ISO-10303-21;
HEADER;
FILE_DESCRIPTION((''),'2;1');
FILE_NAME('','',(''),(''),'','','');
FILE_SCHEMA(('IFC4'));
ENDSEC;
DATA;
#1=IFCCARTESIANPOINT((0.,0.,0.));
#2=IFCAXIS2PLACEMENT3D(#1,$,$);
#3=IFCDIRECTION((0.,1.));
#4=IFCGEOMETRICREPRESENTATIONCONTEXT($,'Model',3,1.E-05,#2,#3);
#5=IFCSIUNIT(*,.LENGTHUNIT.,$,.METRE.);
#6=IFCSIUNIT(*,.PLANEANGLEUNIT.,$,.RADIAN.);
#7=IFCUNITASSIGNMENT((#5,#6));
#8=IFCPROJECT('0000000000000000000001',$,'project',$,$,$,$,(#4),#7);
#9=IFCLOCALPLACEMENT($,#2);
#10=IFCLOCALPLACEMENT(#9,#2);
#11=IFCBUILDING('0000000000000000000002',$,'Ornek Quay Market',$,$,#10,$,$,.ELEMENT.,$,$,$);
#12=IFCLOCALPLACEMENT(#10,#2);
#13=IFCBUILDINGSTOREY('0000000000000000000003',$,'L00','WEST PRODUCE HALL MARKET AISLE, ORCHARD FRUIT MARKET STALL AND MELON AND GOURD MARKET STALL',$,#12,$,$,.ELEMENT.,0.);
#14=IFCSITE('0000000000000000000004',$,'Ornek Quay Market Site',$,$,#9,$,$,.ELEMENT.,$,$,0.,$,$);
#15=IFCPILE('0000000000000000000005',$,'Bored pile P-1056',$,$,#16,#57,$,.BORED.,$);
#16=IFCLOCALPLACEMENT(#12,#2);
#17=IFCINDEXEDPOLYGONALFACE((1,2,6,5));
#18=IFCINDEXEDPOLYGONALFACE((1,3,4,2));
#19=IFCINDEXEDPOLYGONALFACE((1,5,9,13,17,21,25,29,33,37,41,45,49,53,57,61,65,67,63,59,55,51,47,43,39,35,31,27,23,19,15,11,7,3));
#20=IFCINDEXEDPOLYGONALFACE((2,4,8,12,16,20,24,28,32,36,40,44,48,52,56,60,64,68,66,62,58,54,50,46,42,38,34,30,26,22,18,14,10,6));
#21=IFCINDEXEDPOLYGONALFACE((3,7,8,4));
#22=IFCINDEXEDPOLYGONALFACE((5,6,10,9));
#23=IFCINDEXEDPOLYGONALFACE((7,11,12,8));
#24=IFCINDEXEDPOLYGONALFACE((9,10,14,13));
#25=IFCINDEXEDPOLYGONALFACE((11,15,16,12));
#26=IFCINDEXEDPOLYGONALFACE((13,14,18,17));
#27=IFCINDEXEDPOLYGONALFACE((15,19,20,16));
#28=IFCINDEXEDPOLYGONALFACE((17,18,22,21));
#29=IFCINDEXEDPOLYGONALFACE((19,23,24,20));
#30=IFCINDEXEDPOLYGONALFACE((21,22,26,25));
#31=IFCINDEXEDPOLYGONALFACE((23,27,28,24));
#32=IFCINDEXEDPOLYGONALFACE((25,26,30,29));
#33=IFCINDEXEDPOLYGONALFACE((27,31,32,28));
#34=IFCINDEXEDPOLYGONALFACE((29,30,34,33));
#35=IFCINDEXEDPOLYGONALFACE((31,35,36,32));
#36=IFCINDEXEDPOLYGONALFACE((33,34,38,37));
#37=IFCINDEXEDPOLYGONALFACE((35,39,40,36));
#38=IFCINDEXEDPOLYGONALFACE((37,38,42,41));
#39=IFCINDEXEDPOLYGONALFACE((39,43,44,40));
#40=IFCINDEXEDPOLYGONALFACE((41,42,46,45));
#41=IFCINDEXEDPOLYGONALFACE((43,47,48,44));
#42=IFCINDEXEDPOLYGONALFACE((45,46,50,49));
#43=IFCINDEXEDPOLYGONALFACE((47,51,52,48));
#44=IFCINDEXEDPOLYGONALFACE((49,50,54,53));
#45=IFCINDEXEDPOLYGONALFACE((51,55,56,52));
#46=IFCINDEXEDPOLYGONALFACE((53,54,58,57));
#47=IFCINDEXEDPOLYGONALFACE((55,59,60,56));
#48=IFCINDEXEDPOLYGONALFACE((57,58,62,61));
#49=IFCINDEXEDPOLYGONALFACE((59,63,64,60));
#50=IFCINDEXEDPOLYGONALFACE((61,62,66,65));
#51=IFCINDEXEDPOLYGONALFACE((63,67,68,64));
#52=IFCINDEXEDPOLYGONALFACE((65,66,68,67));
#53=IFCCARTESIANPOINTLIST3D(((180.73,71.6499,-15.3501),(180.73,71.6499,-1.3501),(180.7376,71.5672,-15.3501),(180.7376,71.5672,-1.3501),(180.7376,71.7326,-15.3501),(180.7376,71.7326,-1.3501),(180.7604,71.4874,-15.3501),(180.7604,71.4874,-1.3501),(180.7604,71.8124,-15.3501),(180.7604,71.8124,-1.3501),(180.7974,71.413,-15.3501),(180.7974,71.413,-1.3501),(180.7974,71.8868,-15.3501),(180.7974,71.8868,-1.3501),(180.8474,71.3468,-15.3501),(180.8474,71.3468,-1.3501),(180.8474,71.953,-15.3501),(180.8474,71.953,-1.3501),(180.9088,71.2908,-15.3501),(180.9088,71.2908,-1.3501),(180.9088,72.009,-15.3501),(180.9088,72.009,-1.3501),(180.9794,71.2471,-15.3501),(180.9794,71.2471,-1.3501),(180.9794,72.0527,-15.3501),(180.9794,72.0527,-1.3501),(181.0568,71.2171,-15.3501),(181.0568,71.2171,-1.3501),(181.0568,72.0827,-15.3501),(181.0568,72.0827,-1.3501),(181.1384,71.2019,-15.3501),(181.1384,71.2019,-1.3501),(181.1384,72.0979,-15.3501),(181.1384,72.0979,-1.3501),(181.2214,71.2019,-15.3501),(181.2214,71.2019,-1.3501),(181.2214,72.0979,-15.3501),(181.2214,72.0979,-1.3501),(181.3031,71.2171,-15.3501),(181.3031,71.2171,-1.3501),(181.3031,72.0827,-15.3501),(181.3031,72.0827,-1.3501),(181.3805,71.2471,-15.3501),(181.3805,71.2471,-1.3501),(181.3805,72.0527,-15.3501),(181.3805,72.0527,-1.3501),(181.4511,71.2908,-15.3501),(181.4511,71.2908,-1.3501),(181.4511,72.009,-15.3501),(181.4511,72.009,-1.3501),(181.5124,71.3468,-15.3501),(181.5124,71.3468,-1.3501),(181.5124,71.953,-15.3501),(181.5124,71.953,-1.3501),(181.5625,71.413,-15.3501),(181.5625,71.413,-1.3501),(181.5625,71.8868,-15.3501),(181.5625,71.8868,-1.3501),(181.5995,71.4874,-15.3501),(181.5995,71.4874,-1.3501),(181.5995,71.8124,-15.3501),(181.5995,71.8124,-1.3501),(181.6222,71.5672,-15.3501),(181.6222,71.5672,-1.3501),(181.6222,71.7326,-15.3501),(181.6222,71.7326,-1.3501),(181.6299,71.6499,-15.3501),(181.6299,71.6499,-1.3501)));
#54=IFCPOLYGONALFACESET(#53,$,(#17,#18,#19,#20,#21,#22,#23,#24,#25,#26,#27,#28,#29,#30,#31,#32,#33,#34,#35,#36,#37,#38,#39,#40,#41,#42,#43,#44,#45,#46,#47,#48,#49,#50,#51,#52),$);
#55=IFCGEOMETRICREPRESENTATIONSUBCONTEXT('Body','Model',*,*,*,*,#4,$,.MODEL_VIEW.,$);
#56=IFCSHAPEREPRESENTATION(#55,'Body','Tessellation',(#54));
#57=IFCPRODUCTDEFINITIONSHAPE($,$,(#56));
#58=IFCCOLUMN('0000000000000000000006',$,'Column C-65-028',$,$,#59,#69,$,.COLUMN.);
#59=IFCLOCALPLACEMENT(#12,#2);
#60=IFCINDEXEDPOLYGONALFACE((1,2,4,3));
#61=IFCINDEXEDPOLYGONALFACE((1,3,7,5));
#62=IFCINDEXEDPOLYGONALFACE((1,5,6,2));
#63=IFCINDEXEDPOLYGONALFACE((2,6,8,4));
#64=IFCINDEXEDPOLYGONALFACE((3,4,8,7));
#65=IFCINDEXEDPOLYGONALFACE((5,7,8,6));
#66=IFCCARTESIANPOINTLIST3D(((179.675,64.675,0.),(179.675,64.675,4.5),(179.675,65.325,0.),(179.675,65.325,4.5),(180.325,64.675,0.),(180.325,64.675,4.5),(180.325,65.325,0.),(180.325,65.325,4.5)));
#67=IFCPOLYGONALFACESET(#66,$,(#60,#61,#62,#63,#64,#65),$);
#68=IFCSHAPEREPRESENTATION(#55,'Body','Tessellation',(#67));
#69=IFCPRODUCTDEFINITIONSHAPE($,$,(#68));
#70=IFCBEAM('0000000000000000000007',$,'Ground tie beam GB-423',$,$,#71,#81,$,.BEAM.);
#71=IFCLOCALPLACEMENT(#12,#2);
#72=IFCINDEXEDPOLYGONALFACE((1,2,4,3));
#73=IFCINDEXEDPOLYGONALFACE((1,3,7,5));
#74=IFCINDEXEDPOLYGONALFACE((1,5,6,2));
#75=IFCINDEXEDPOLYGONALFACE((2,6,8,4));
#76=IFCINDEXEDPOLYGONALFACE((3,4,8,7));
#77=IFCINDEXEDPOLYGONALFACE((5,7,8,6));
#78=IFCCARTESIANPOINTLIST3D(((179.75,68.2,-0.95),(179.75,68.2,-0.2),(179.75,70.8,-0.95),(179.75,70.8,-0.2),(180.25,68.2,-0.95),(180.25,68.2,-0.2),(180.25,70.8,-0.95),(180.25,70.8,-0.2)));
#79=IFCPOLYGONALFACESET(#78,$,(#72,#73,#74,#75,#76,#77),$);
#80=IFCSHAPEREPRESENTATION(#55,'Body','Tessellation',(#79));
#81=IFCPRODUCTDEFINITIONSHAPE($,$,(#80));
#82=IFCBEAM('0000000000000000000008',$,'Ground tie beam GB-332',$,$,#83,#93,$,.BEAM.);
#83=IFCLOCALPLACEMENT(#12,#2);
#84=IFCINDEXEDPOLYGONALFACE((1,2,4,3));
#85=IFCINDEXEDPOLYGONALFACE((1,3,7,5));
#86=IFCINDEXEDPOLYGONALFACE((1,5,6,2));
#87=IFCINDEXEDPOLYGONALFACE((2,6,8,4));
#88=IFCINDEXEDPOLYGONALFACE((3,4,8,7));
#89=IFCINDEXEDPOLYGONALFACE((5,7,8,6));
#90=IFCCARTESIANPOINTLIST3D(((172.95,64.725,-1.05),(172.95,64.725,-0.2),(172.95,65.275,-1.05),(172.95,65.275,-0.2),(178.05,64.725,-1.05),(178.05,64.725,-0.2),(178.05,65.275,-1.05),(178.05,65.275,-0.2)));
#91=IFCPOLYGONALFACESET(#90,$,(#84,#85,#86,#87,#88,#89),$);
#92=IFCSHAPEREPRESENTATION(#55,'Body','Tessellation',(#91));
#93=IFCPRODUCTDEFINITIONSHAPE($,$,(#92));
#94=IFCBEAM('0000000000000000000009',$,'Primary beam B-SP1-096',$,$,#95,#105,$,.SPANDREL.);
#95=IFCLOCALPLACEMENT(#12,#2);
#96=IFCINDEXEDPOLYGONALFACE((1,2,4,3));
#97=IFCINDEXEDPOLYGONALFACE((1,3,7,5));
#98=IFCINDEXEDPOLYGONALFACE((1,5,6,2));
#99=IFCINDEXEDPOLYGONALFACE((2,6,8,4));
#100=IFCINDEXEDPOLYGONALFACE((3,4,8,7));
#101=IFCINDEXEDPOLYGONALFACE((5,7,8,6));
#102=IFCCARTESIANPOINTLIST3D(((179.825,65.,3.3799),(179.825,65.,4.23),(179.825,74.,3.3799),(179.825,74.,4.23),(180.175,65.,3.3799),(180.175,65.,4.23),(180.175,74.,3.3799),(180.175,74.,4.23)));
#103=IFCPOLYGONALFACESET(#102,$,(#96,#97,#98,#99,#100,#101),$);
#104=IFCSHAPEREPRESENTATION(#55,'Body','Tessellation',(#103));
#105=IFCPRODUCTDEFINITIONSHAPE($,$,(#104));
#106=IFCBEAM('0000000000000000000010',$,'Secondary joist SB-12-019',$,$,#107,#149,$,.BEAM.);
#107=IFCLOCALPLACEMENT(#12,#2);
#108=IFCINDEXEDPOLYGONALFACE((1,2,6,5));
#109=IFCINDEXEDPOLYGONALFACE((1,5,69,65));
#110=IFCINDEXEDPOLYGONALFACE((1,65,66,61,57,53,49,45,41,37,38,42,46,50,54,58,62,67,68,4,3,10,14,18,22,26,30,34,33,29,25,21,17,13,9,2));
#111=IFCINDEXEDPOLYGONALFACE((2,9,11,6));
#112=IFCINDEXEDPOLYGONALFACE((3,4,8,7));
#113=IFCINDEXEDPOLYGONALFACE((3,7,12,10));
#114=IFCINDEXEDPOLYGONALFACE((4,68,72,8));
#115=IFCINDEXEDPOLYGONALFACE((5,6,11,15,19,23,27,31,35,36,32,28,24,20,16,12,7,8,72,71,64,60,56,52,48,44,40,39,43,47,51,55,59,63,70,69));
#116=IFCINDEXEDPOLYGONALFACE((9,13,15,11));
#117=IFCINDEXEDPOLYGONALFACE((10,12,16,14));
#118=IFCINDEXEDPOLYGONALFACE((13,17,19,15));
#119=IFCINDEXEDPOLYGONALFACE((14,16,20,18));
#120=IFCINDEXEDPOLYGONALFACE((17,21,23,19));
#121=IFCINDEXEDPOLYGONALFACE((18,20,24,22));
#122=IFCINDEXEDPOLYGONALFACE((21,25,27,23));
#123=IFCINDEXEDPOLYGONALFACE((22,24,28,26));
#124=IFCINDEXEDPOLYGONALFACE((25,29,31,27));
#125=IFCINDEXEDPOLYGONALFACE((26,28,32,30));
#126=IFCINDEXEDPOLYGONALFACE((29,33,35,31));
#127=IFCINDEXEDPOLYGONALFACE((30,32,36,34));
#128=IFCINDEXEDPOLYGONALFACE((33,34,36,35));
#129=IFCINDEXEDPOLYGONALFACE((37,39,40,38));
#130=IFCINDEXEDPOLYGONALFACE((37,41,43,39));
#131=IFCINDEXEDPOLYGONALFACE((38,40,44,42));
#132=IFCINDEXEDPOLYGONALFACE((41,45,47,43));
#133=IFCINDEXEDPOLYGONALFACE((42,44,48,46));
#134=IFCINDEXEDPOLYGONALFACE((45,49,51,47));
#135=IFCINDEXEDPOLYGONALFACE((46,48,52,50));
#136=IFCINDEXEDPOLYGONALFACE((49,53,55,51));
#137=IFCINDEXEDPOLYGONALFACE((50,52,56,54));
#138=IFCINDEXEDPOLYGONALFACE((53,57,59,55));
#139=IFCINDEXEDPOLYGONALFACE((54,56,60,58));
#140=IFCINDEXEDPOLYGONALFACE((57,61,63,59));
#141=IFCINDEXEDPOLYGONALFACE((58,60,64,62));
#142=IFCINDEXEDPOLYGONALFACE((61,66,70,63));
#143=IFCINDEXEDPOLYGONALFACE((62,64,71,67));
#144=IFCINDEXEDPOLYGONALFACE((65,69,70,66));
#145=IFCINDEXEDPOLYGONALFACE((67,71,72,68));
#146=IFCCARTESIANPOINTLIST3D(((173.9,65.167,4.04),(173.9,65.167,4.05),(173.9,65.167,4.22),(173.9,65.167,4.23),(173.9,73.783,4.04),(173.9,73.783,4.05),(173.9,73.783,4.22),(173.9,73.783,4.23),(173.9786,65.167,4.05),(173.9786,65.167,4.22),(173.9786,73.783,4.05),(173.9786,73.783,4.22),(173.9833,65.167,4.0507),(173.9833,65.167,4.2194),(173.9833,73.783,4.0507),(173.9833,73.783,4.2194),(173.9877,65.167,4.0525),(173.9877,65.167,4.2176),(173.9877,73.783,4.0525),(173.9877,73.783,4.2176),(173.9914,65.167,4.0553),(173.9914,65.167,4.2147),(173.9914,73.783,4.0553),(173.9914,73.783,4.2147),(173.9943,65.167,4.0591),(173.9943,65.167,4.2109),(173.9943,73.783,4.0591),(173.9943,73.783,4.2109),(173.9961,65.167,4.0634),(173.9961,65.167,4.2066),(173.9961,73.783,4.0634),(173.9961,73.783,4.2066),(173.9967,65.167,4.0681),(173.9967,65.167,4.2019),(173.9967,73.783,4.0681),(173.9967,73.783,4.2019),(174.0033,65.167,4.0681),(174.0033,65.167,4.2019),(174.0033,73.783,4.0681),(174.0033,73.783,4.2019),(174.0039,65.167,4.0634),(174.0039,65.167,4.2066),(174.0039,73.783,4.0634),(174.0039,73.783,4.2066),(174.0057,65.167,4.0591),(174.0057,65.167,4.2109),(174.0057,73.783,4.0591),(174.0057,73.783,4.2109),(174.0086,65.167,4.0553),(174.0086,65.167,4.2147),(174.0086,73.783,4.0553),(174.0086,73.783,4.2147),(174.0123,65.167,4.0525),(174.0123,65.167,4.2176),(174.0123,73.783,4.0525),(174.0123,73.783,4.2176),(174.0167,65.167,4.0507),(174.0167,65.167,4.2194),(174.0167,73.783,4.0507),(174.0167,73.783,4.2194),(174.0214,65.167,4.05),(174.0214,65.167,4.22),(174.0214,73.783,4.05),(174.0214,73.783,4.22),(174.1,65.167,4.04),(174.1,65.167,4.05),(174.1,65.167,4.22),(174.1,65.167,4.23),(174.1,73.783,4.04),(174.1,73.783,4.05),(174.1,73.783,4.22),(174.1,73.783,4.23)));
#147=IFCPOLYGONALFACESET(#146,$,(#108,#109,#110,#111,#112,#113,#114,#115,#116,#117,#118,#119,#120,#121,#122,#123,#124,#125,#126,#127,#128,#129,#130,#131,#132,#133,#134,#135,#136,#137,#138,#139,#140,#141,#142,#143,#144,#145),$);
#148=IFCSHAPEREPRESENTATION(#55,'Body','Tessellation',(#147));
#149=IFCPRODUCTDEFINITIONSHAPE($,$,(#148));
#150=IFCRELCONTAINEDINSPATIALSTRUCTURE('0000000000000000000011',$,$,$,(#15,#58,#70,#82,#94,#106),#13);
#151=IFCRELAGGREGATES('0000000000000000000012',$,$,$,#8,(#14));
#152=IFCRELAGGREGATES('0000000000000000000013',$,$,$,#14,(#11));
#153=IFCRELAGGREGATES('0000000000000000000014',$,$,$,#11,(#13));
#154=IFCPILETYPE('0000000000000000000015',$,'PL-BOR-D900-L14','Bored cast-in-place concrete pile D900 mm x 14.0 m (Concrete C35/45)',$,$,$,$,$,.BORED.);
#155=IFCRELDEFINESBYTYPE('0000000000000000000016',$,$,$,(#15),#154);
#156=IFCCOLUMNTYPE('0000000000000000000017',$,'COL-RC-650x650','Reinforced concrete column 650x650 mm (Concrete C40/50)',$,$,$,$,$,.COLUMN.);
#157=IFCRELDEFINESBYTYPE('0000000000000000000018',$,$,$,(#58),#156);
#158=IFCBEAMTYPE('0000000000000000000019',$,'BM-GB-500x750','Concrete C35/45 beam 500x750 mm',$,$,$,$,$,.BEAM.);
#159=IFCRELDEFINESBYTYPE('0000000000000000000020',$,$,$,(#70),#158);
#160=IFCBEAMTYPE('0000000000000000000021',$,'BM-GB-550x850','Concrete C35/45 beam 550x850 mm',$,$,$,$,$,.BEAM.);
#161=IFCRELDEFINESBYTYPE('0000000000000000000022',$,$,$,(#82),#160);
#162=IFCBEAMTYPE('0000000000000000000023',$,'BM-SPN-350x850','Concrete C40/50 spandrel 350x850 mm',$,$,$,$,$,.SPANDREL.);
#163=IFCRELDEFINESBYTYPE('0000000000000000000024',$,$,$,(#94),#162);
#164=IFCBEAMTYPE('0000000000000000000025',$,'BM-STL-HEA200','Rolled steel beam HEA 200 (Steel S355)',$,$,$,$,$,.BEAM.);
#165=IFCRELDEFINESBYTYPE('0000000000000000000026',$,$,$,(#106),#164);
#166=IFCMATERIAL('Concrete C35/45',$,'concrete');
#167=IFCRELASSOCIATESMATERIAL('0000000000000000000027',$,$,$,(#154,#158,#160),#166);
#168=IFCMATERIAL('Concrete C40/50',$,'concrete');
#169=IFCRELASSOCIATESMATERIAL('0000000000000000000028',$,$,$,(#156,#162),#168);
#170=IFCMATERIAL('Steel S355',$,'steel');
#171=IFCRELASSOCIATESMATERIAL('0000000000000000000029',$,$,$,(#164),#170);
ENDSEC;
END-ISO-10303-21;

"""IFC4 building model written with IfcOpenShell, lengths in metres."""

from ifc_helpers import new_model, si_unit, direction, frame, origin, origin_2d, place, context, subcontext, project, spatial, rectangle, circle, i_section, extrude, material, material_profile, profile_set, type_object, element, save


model = new_model("IFC4")

# Units and contexts
model_context = context("Model", 3, precision=1e-05, world=origin(), true_north=direction((0.0, 1.0)))
body_context = subcontext(model_context, "Body", "Model", "MODEL_VIEW")
ifc_project = project(units=[si_unit("LENGTHUNIT", "METRE"), si_unit("PLANEANGLEUNIT", "RADIAN")], contexts=[model_context])

# Site, building, storey
site_placement = place(None, origin())
site = spatial("IfcSite", under=ifc_project, at=site_placement, Name="Ornek Quay Market Site", CompositionType="ELEMENT", RefElevation=0.0)
building_placement = place(site_placement, origin())
building = spatial("IfcBuilding", under=site, at=building_placement, Name="Ornek Quay Market", CompositionType="ELEMENT")
storey_placement = place(building_placement, origin())
storey = spatial("IfcBuildingStorey", under=building, at=storey_placement, Name="L00", Description="WEST PRODUCE HALL MARKET AISLE, ORCHARD FRUIT MARKET STALL AND MELON AND GOURD MARKET STALL", CompositionType="ELEMENT", Elevation=0.0)

# Pile
ifc_material_1 = material(Name="Concrete C35/45", Category="concrete")
ifc_material_profile_1 = material_profile(ifc_material_1, circle(Radius=0.45, at=origin_2d()), Name="PILE D900", Category="concrete")
ifc_profile_set_1 = profile_set([ifc_material_profile_1], Name="Concrete C35/45")
pile_type = type_object("IfcPileType", Name="PL-BOR-D900-L14", Description="Bored cast-in-place concrete pile D900 mm x 14.0 m (Concrete C35/45)", PredefinedType="BORED", material=ifc_profile_set_1)
for number, where, z_axis, x_axis, name in (
    (1, (181.1799, 71.6499, -1.3501), (0.0, 0.0, -1.0), (1.0, 0.0, 0.0), "Bored pile P-1056"),
):
    element("IfcPile", number, at=place(storey_placement, frame(where, z_axis=z_axis, x_axis=x_axis)), inside=storey, type_object=pile_type, Name=name, PredefinedType="BORED", context=body_context, shape_type="SweptSolid", body=[
        extrude(circle(Radius=0.45, at=origin_2d()), origin(), (0.0, 0.0, 1.0), 14.0),
    ])

# Column
ifc_material_2 = material(Name="Concrete C40/50", Category="concrete")
ifc_material_profile_2 = material_profile(ifc_material_2, rectangle(XDim=0.6499, YDim=0.6499, at=origin_2d()), Name="RC 650x650", Category="concrete")
ifc_profile_set_2 = profile_set([ifc_material_profile_2], Name="Concrete C40/50")
column_type = type_object("IfcColumnType", Name="COL-RC-650x650", Description="Reinforced concrete column 650x650 mm (Concrete C40/50)", PredefinedType="COLUMN", material=ifc_profile_set_2)
column_placement = place(storey_placement, frame((180.0, 65.0, 0.0), z_axis=(0.0, 0.0, 1.0), x_axis=(1.0, 0.0, 0.0)))
element("IfcColumn", 2, at=column_placement, inside=storey, type_object=column_type, Name="Column C-65-028", PredefinedType="COLUMN", context=body_context, shape_type="SweptSolid", body=[
    extrude(rectangle(XDim=0.6499, YDim=0.6499, at=origin_2d()), origin(), (0.0, 0.0, 1.0), 4.5),
])

# Beams
ifc_material_profile_3 = material_profile(ifc_material_1, rectangle(XDim=0.5, YDim=0.75, at=origin_2d()), Name="RC 500x750", Category="concrete")
ifc_profile_set_3 = profile_set([ifc_material_profile_3], Name="Concrete C35/45")
beam_type_1 = type_object("IfcBeamType", Name="BM-GB-500x750", Description="Concrete C35/45 beam 500x750 mm", PredefinedType="BEAM", material=ifc_profile_set_3)
beam_1_placement = place(storey_placement, frame((180.0, 68.2, -0.575), z_axis=(0.0, 1.0, 0.0), x_axis=(-1.0, 0.0, 0.0)))
element("IfcBeam", 3, at=beam_1_placement, inside=storey, type_object=beam_type_1, Name="Ground tie beam GB-423", PredefinedType="BEAM", context=body_context, shape_type="SweptSolid", body=[
    extrude(rectangle(XDim=0.5, YDim=0.75, at=origin_2d()), origin(), (0.0, 0.0, 1.0), 2.6001),
])
ifc_material_profile_4 = material_profile(ifc_material_1, rectangle(XDim=0.55, YDim=0.8501, at=origin_2d()), Name="RC 550x850", Category="concrete")
ifc_profile_set_4 = profile_set([ifc_material_profile_4], Name="Concrete C35/45")
beam_type_2 = type_object("IfcBeamType", Name="BM-GB-550x850", Description="Concrete C35/45 beam 550x850 mm", PredefinedType="BEAM", material=ifc_profile_set_4)
beam_2_placement = place(storey_placement, frame((172.95, 65.0, -0.625), z_axis=(1.0, 0.0, 0.0), x_axis=(0.0, 1.0, 0.0)))
element("IfcBeam", 4, at=beam_2_placement, inside=storey, type_object=beam_type_2, Name="Ground tie beam GB-332", PredefinedType="BEAM", context=body_context, shape_type="SweptSolid", body=[
    extrude(rectangle(XDim=0.55, YDim=0.8501, at=origin_2d()), origin(), (0.0, 0.0, 1.0), 5.1001),
])
ifc_material_profile_5 = material_profile(ifc_material_2, rectangle(XDim=0.3501, YDim=0.8501, at=origin_2d()), Name="RC 350x850", Category="concrete")
ifc_profile_set_5 = profile_set([ifc_material_profile_5], Name="Concrete C40/50")
beam_type_3 = type_object("IfcBeamType", Name="BM-SPN-350x850", Description="Concrete C40/50 spandrel 350x850 mm", PredefinedType="SPANDREL", material=ifc_profile_set_5)
beam_3_placement = place(storey_placement, frame((180.0, 65.0, 3.8049), z_axis=(0.0, 1.0, 0.0), x_axis=(-1.0, 0.0, 0.0)))
element("IfcBeam", 5, at=beam_3_placement, inside=storey, type_object=beam_type_3, Name="Primary beam B-SP1-096", PredefinedType="SPANDREL", context=body_context, shape_type="SweptSolid", body=[
    extrude(rectangle(XDim=0.3501, YDim=0.8501, at=origin_2d()), origin(), (0.0, 0.0, 1.0), 9.0),
])
ifc_material_3 = material(Name="Steel S355", Category="steel")
ifc_material_profile_6 = material_profile(ifc_material_3, i_section(OverallWidth=0.2, OverallDepth=0.1899, WebThickness=0.0066, FlangeThickness=0.01, FilletRadius=0.0181, at=origin_2d()), Name="HEA 200", Category="steel")
ifc_profile_set_6 = profile_set([ifc_material_profile_6], Name="Steel S355")
beam_type_4 = type_object("IfcBeamType", Name="BM-STL-HEA200", Description="Rolled steel beam HEA 200 (Steel S355)", PredefinedType="BEAM", material=ifc_profile_set_6)
for number, where, z_axis, x_axis, name in (
    (6, (174.0, 65.167, 4.135), (0.0, 1.0, 0.0), (-1.0, 0.0, 0.0), "Secondary joist SB-12-019"),
):
    element("IfcBeam", number, at=place(storey_placement, frame(where, z_axis=z_axis, x_axis=x_axis)), inside=storey, type_object=beam_type_4, Name=name, PredefinedType="BEAM", context=body_context, shape_type="SweptSolid", body=[
        extrude(i_section(OverallWidth=0.2, OverallDepth=0.1899, WebThickness=0.0066, FlangeThickness=0.01, FilletRadius=0.0181, at=origin_2d()), origin(), (0.0, 0.0, 1.0), 8.616),
    ])

save(model, "model.ifc")
